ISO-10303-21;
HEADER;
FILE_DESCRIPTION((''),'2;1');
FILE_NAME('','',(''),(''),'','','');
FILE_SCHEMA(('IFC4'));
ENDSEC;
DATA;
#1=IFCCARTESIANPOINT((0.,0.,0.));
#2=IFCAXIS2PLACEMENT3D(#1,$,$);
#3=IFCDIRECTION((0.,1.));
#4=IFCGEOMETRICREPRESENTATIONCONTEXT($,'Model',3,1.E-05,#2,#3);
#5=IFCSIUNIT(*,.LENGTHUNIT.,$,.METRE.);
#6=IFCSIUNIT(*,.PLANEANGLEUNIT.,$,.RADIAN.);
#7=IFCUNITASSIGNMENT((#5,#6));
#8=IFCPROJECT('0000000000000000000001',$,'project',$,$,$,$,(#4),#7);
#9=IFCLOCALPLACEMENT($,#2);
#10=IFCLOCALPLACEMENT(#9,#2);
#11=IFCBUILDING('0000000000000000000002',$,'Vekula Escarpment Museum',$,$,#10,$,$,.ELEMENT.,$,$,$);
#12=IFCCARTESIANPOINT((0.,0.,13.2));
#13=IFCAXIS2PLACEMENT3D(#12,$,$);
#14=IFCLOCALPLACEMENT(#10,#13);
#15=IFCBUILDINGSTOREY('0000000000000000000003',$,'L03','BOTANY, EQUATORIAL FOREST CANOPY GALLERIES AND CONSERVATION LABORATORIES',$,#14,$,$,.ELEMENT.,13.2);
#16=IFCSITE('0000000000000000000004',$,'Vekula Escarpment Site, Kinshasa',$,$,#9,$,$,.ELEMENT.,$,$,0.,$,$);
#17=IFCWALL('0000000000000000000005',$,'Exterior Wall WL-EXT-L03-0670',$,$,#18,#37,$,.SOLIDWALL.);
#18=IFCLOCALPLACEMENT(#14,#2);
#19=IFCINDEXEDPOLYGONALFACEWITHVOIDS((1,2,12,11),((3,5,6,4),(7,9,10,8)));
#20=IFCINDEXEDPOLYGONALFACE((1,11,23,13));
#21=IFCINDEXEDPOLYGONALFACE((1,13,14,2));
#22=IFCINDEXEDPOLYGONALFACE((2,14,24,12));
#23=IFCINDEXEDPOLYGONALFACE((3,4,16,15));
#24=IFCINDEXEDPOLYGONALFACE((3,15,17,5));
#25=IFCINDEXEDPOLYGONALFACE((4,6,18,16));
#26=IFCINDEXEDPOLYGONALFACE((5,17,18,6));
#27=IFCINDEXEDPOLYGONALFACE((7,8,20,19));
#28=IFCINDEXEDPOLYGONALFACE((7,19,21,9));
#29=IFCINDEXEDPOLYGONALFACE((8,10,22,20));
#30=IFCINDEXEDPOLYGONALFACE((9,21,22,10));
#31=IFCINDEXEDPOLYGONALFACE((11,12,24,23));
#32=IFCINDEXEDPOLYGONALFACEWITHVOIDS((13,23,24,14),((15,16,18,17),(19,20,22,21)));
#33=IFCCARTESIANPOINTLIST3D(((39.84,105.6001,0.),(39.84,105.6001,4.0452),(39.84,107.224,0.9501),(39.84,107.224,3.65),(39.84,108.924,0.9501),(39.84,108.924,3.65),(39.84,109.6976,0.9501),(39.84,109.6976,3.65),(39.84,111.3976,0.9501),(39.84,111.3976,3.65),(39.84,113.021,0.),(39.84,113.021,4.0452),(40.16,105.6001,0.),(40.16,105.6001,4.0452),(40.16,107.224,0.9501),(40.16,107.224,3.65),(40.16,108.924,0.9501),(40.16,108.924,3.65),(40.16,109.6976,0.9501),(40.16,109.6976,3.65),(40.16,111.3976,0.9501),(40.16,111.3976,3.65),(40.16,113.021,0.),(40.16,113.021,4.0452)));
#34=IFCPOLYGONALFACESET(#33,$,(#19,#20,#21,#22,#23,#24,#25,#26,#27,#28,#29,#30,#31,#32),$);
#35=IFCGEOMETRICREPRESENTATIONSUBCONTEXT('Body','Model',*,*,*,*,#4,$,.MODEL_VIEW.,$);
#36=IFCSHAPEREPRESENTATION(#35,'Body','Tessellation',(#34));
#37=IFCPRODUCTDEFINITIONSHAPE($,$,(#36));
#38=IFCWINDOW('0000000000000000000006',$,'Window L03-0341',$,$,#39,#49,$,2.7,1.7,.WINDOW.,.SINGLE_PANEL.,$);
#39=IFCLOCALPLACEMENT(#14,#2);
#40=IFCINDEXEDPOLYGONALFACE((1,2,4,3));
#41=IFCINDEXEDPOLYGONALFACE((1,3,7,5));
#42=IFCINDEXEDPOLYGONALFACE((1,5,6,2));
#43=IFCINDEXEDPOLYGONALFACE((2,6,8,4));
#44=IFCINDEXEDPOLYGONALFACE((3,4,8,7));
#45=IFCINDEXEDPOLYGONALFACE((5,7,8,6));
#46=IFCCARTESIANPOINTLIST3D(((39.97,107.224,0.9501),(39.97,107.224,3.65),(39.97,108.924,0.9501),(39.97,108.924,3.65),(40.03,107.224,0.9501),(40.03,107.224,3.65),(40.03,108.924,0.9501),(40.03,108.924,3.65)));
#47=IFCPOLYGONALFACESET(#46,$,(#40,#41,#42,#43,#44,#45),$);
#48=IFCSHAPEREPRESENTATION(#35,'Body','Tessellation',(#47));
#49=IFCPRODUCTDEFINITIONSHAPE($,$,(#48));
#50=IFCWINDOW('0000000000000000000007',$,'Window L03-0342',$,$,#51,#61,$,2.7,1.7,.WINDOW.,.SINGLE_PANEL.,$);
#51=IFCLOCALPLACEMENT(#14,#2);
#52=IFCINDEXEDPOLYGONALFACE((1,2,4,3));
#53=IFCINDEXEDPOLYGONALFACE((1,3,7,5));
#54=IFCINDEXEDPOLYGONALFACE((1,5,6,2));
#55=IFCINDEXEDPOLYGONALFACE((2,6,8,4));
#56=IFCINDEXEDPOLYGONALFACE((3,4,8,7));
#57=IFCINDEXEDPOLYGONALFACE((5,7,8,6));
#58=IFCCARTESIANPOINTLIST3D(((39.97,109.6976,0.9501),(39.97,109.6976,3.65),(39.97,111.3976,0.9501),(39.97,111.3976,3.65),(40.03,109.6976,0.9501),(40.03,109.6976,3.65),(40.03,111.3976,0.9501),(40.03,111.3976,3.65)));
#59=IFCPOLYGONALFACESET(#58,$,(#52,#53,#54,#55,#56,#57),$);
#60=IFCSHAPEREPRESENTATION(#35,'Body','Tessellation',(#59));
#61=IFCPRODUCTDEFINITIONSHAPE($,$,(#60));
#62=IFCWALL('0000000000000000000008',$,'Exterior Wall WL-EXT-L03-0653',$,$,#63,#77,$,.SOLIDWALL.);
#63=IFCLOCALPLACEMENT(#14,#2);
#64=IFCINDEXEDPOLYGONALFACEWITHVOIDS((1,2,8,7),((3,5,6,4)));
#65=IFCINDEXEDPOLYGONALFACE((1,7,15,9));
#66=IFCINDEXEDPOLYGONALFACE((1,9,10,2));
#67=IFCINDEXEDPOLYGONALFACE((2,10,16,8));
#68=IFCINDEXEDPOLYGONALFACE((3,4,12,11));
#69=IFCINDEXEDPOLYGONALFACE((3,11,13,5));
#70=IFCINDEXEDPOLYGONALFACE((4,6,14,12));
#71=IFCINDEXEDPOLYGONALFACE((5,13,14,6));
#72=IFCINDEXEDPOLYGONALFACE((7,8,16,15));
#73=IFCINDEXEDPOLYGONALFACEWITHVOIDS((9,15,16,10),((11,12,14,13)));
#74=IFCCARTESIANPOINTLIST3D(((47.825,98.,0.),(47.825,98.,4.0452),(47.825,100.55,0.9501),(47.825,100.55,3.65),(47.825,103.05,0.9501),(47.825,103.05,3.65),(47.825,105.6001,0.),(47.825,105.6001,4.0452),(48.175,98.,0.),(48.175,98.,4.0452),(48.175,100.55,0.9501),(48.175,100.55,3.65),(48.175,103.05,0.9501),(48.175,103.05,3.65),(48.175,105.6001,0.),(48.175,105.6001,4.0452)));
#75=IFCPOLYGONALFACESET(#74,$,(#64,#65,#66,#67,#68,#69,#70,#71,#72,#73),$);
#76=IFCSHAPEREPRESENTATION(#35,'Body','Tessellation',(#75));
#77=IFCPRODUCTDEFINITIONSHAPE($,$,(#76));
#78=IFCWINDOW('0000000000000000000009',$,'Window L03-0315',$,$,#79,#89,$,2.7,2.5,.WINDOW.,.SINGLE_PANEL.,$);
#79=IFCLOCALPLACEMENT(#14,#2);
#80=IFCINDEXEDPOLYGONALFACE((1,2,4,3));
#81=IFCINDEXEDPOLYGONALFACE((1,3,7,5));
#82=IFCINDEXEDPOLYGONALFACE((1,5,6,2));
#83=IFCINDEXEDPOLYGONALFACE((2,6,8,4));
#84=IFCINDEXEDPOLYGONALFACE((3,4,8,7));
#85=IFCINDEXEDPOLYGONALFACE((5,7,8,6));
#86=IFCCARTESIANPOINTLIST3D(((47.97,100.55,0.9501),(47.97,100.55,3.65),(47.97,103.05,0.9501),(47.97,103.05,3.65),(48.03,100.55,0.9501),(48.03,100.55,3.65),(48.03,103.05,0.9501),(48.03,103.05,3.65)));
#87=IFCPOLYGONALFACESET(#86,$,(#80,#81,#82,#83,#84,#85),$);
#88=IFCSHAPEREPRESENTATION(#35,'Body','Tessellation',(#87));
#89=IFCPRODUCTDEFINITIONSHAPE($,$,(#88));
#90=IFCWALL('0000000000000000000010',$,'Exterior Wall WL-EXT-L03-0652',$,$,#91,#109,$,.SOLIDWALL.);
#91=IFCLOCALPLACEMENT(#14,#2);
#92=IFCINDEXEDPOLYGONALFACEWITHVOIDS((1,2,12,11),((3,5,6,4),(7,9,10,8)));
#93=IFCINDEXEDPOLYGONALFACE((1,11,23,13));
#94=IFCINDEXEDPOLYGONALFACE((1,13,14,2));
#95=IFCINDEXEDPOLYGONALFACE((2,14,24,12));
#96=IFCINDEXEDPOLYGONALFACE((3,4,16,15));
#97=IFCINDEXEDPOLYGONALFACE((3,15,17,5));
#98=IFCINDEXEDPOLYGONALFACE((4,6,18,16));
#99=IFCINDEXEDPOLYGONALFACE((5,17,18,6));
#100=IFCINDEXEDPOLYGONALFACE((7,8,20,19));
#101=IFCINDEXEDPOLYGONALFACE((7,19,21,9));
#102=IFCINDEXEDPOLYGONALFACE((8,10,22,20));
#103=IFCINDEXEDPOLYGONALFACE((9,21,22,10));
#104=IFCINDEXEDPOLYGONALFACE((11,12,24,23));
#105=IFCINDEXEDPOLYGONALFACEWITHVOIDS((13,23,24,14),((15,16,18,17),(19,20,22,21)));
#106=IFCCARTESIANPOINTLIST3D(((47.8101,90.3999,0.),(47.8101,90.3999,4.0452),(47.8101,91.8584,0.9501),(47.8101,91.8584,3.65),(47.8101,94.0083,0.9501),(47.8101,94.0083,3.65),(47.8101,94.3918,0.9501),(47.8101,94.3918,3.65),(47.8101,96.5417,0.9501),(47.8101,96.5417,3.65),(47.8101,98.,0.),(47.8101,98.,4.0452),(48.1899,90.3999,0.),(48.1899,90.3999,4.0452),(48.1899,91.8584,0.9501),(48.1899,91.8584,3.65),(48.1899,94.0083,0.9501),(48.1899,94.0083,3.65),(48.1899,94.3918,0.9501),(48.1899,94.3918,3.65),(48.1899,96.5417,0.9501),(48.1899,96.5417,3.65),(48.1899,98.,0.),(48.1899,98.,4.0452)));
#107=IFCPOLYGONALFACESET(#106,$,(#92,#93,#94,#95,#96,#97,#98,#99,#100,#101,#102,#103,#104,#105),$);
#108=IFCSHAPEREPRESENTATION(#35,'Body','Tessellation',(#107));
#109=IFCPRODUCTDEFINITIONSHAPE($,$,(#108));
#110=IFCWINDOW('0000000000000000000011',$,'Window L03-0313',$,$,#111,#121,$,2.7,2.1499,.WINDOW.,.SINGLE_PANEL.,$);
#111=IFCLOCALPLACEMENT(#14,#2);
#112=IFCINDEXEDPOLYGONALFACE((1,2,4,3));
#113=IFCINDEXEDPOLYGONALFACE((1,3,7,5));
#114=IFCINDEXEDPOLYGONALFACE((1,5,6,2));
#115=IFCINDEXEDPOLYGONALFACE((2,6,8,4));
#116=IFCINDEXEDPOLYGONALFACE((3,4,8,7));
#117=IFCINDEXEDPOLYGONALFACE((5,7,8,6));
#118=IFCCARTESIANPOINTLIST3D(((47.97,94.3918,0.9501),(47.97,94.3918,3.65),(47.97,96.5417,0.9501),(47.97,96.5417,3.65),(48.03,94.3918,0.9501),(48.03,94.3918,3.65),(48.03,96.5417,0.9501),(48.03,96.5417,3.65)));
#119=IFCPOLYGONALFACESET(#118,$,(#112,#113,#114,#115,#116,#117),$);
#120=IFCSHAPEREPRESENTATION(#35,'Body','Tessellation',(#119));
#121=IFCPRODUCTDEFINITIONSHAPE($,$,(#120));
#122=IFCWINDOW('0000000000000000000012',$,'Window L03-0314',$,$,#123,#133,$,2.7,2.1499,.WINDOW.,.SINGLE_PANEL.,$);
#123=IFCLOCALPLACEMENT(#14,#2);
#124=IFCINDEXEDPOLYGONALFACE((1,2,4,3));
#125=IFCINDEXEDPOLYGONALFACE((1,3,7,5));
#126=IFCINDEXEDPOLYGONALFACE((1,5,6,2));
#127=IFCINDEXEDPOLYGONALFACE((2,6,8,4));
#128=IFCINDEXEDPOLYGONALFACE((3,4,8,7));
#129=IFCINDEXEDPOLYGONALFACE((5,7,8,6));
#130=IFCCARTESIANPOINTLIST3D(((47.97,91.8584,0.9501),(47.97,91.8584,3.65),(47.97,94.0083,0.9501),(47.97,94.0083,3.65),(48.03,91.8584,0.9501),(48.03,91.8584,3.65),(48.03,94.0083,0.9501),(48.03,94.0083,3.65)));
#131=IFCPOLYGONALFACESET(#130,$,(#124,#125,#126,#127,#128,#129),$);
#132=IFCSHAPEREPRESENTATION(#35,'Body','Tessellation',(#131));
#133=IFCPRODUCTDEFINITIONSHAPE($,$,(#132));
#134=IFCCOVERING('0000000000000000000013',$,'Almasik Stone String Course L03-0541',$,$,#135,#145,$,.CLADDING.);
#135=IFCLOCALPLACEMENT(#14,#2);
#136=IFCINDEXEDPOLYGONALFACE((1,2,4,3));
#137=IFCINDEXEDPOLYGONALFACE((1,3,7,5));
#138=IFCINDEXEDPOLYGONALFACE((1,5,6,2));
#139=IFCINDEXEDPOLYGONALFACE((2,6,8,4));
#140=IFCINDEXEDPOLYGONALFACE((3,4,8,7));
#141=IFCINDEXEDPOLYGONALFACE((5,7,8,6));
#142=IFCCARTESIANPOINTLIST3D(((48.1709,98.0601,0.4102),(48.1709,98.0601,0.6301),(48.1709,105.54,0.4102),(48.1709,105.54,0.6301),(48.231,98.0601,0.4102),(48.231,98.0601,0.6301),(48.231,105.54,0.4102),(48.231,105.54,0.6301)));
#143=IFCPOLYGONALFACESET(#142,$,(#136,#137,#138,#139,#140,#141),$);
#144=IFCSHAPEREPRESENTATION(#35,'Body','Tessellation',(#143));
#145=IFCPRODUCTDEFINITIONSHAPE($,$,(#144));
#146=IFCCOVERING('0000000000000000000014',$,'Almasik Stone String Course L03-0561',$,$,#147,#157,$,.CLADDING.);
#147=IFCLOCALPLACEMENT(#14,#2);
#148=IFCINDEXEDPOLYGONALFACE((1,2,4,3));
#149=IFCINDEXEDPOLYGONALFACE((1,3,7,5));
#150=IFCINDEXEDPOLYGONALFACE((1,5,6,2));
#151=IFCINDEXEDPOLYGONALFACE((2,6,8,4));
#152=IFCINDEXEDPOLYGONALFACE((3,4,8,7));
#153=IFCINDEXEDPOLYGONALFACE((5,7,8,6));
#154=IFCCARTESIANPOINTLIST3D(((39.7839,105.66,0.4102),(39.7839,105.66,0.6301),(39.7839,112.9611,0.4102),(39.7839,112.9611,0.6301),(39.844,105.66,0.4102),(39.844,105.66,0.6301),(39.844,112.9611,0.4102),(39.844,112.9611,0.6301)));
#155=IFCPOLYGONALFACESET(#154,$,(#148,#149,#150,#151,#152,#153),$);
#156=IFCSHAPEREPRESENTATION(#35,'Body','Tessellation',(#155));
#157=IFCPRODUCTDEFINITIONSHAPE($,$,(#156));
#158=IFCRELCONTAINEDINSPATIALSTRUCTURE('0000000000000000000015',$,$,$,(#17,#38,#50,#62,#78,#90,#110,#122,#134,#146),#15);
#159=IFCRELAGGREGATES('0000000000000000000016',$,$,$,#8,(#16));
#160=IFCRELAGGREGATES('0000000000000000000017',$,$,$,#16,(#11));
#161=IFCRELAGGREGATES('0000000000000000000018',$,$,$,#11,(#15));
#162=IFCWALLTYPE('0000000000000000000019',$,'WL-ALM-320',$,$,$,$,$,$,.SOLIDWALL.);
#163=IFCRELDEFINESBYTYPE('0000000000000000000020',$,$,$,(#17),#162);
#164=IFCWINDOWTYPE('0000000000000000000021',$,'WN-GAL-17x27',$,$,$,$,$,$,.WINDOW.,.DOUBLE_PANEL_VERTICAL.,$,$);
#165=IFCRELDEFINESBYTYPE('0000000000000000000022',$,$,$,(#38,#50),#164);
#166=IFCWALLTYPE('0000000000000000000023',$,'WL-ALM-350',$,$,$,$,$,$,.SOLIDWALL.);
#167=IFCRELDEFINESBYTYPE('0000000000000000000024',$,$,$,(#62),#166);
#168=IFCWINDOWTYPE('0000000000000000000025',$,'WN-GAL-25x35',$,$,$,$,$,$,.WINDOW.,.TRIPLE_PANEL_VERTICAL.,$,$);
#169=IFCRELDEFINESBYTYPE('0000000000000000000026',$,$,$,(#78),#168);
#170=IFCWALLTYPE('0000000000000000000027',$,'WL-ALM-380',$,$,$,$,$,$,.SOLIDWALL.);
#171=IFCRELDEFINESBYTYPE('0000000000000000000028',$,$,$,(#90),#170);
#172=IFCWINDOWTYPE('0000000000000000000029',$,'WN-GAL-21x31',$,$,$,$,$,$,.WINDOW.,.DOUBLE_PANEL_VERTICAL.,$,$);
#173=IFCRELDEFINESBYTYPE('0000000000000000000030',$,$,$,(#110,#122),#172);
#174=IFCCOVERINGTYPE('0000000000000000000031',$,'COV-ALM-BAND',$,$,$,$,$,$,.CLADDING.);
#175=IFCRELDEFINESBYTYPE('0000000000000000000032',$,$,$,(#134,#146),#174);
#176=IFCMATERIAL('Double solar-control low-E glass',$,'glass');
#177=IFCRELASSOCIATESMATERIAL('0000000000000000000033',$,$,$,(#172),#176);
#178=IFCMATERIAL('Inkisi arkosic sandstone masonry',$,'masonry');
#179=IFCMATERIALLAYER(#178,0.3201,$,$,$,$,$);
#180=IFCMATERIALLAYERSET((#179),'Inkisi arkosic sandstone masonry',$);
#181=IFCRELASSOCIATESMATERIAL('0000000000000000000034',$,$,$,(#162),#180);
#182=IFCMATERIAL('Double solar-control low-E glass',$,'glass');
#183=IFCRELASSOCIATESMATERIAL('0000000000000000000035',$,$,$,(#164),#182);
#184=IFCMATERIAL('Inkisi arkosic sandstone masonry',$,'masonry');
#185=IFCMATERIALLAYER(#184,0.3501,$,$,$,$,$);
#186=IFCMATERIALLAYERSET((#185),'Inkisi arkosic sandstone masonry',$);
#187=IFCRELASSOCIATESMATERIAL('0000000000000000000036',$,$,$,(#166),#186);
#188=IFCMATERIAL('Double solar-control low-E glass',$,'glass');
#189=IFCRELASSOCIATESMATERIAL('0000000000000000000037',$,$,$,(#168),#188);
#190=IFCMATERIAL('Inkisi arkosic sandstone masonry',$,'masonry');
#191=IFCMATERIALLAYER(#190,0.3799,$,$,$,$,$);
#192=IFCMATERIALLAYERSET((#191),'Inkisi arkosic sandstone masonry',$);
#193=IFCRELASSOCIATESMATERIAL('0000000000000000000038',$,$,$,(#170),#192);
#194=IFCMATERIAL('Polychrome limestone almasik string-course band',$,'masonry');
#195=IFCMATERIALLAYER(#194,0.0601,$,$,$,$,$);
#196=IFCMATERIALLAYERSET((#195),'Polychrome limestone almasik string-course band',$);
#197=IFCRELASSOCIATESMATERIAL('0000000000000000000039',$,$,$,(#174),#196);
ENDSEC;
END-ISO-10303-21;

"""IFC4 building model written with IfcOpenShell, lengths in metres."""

from ifc_helpers import new_model, si_unit, direction, frame, frame_2d, origin, origin_2d, place, context, subcontext, project, spatial, rectangle, extrude, material, layer, layer_set, type_object, element, fill, save


model = new_model("IFC4")

# Units and contexts
model_context = context("Model", 3, precision=1e-05, world=origin(), true_north=direction((0.0, 1.0)))
body_context = subcontext(model_context, "Body", "Model", "MODEL_VIEW")
ifc_project = project(units=[si_unit("LENGTHUNIT", "METRE"), si_unit("PLANEANGLEUNIT", "RADIAN")], contexts=[model_context])

# Site, building, storey
site_placement = place(None, origin())
site = spatial("IfcSite", under=ifc_project, at=site_placement, Name="Vekula Escarpment Site, Kinshasa", CompositionType="ELEMENT", RefElevation=0.0)
building_placement = place(site_placement, origin())
building = spatial("IfcBuilding", under=site, at=building_placement, Name="Vekula Escarpment Museum", CompositionType="ELEMENT")
storey_placement = place(building_placement, frame((0.0, 0.0, 13.2)))
storey = spatial("IfcBuildingStorey", under=building, at=storey_placement, Name="L03", Description="BOTANY, EQUATORIAL FOREST CANOPY GALLERIES AND CONSERVATION LABORATORIES", CompositionType="ELEMENT", Elevation=13.2)

# Wall, openings, windows
ifc_material_1 = material(Name="Double solar-control low-E glass", Category="glass")
window_type_1 = type_object("IfcWindowType", Name="WN-GAL-21x31", PartitioningType="DOUBLE_PANEL_VERTICAL", PredefinedType="WINDOW", material=ifc_material_1)
ifc_material_2 = material(Name="Inkisi arkosic sandstone masonry", Category="masonry")
ifc_layer_1 = layer(ifc_material_2, 0.3201)
ifc_layer_set_1 = layer_set([ifc_layer_1], Name="Inkisi arkosic sandstone masonry")
wall_type_1 = type_object("IfcWallType", Name="WL-ALM-320", PredefinedType="SOLIDWALL", material=ifc_layer_set_1)
wall_1_placement = place(storey_placement, frame((40.0, 105.6001, 0.0), z_axis=(0.0, 0.0, 1.0), x_axis=(0.0, 1.0, 0.0)))
wall_1 = element("IfcWall", 1, at=wall_1_placement, inside=storey, type_object=wall_type_1, Name="Exterior Wall WL-EXT-L03-0670", PredefinedType="SOLIDWALL", context=body_context, shape_type="SweptSolid", body=[
    extrude(rectangle(XDim=7.4209, YDim=0.3201, at=frame_2d((3.7104, 0.0))), origin(), (0.0, 0.0, 1.0), 4.0452),
])
opening_1_placement = place(wall_1_placement, frame((1.6238, 0.0, 0.95)))
opening_1 = element("IfcOpeningElement", 2, at=opening_1_placement, cuts=wall_1, PredefinedType="OPENING", context=body_context, shape_type="SweptSolid", body=[
    extrude(rectangle(XDim=1.7, YDim=2.7, at=frame_2d((0.8501, 1.3501))), frame((0.0, 0.1699, 0.0), z_axis=(0.0, -1.0, 0.0), x_axis=(1.0, 0.0, 0.0)), (0.0, 0.0, 1.0), 0.3401),
])
opening_2_placement = place(wall_1_placement, frame((4.0974, 0.0, 0.95)))
opening_2 = element("IfcOpeningElement", 3, at=opening_2_placement, cuts=wall_1, PredefinedType="OPENING", context=body_context, shape_type="SweptSolid", body=[
    extrude(rectangle(XDim=1.7, YDim=2.7, at=frame_2d((0.8501, 1.3501))), frame((0.0, 0.1699, 0.0), z_axis=(0.0, -1.0, 0.0), x_axis=(1.0, 0.0, 0.0)), (0.0, 0.0, 1.0), 0.3401),
])
ifc_material_3 = material(Name="Double solar-control low-E glass", Category="glass")
window_type_2 = type_object("IfcWindowType", Name="WN-GAL-17x27", PartitioningType="DOUBLE_PANEL_VERTICAL", PredefinedType="WINDOW", material=ifc_material_3)
window_1_placement = place(opening_1_placement, origin())
window_1 = element("IfcWindow", 4, at=window_1_placement, inside=storey, type_object=window_type_2, Name="Window L03-0341", OverallHeight=2.7, OverallWidth=1.7, PartitioningType="SINGLE_PANEL", PredefinedType="WINDOW", context=body_context, shape_type="SweptSolid", body=[
    extrude(rectangle(XDim=1.7, YDim=2.7, at=frame_2d((0.8501, 1.3501))), frame((0.0, 0.03, 0.0), z_axis=(0.0, -1.0, 0.0), x_axis=(1.0, 0.0, 0.0)), (0.0, 0.0, 1.0), 0.0601),
])
fill(opening_1, window_1)
window_2_placement = place(opening_2_placement, origin())
window_2 = element("IfcWindow", 5, at=window_2_placement, inside=storey, type_object=window_type_2, Name="Window L03-0342", OverallHeight=2.7, OverallWidth=1.7, PartitioningType="SINGLE_PANEL", PredefinedType="WINDOW", context=body_context, shape_type="SweptSolid", body=[
    extrude(rectangle(XDim=1.7, YDim=2.7, at=frame_2d((0.8501, 1.3501))), frame((0.0, 0.03, 0.0), z_axis=(0.0, -1.0, 0.0), x_axis=(1.0, 0.0, 0.0)), (0.0, 0.0, 1.0), 0.0601),
])
fill(opening_2, window_2)

# Wall, opening, window
ifc_material_4 = material(Name="Inkisi arkosic sandstone masonry", Category="masonry")
ifc_layer_2 = layer(ifc_material_4, 0.3501)
ifc_layer_set_2 = layer_set([ifc_layer_2], Name="Inkisi arkosic sandstone masonry")
wall_type_2 = type_object("IfcWallType", Name="WL-ALM-350", PredefinedType="SOLIDWALL", material=ifc_layer_set_2)
wall_2_placement = place(storey_placement, frame((48.0, 105.6001, 0.0), z_axis=(0.0, 0.0, 1.0), x_axis=(0.0, -1.0, 0.0)))
wall_2 = element("IfcWall", 6, at=wall_2_placement, inside=storey, type_object=wall_type_2, Name="Exterior Wall WL-EXT-L03-0653", PredefinedType="SOLIDWALL", context=body_context, shape_type="SweptSolid", body=[
    extrude(rectangle(XDim=7.6001, YDim=0.3501, at=frame_2d((3.8, 0.0))), origin(), (0.0, 0.0, 1.0), 4.0452),
])
opening_3_placement = place(wall_2_placement, frame((2.55, 0.0, 0.95)))
opening_3 = element("IfcOpeningElement", 7, at=opening_3_placement, cuts=wall_2, PredefinedType="OPENING", context=body_context, shape_type="SweptSolid", body=[
    extrude(rectangle(XDim=2.5, YDim=2.7, at=frame_2d((1.25, 1.3501))), frame((0.0, 0.1851, 0.0), z_axis=(0.0, -1.0, 0.0), x_axis=(1.0, 0.0, 0.0)), (0.0, 0.0, 1.0), 0.3701),
])
ifc_material_5 = material(Name="Double solar-control low-E glass", Category="glass")
window_type_3 = type_object("IfcWindowType", Name="WN-GAL-25x35", PartitioningType="TRIPLE_PANEL_VERTICAL", PredefinedType="WINDOW", material=ifc_material_5)
window_3_placement = place(opening_3_placement, origin())
window_3 = element("IfcWindow", 8, at=window_3_placement, inside=storey, type_object=window_type_3, Name="Window L03-0315", OverallHeight=2.7, OverallWidth=2.5, PartitioningType="SINGLE_PANEL", PredefinedType="WINDOW", context=body_context, shape_type="SweptSolid", body=[
    extrude(rectangle(XDim=2.5, YDim=2.7, at=frame_2d((1.25, 1.3501))), frame((0.0, 0.03, 0.0), z_axis=(0.0, -1.0, 0.0), x_axis=(1.0, 0.0, 0.0)), (0.0, 0.0, 1.0), 0.0601),
])
fill(opening_3, window_3)

# Wall, openings, windows
ifc_material_6 = material(Name="Inkisi arkosic sandstone masonry", Category="masonry")
ifc_layer_3 = layer(ifc_material_6, 0.3799)
ifc_layer_set_3 = layer_set([ifc_layer_3], Name="Inkisi arkosic sandstone masonry")
wall_type_3 = type_object("IfcWallType", Name="WL-ALM-380", PredefinedType="SOLIDWALL", material=ifc_layer_set_3)
wall_3_placement = place(storey_placement, frame((48.0, 98.0, 0.0), z_axis=(0.0, 0.0, 1.0), x_axis=(0.0, -1.0, 0.0)))
wall_3 = element("IfcWall", 9, at=wall_3_placement, inside=storey, type_object=wall_type_3, Name="Exterior Wall WL-EXT-L03-0652", PredefinedType="SOLIDWALL", context=body_context, shape_type="SweptSolid", body=[
    extrude(rectangle(XDim=7.6001, YDim=0.3799, at=frame_2d((3.8, 0.0))), origin(), (0.0, 0.0, 1.0), 4.0452),
])
opening_4_placement = place(wall_3_placement, frame((1.4583, 0.0, 0.95)))
opening_4 = element("IfcOpeningElement", 10, at=opening_4_placement, cuts=wall_3, PredefinedType="OPENING", context=body_context, shape_type="SweptSolid", body=[
    extrude(rectangle(XDim=2.1499, YDim=2.7, at=frame_2d((1.075, 1.3501))), frame((0.0, 0.2, 0.0), z_axis=(0.0, -1.0, 0.0), x_axis=(1.0, 0.0, 0.0)), (0.0, 0.0, 1.0), 0.3999),
])
opening_5_placement = place(wall_3_placement, frame((3.9917, 0.0, 0.95)))
opening_5 = element("IfcOpeningElement", 11, at=opening_5_placement, cuts=wall_3, PredefinedType="OPENING", context=body_context, shape_type="SweptSolid", body=[
    extrude(rectangle(XDim=2.1499, YDim=2.7, at=frame_2d((1.075, 1.3501))), frame((0.0, 0.2, 0.0), z_axis=(0.0, -1.0, 0.0), x_axis=(1.0, 0.0, 0.0)), (0.0, 0.0, 1.0), 0.3999),
])
window_4_placement = place(opening_4_placement, origin())
window_4 = element("IfcWindow", 12, at=window_4_placement, inside=storey, type_object=window_type_1, Name="Window L03-0313", OverallHeight=2.7, OverallWidth=2.1499, PartitioningType="SINGLE_PANEL", PredefinedType="WINDOW", context=body_context, shape_type="SweptSolid", body=[
    extrude(rectangle(XDim=2.1499, YDim=2.7, at=frame_2d((1.075, 1.3501))), frame((0.0, 0.03, 0.0), z_axis=(0.0, -1.0, 0.0), x_axis=(1.0, 0.0, 0.0)), (0.0, 0.0, 1.0), 0.0601),
])
fill(opening_4, window_4)
window_5_placement = place(opening_5_placement, origin())
window_5 = element("IfcWindow", 13, at=window_5_placement, inside=storey, type_object=window_type_1, Name="Window L03-0314", OverallHeight=2.7, OverallWidth=2.1499, PartitioningType="SINGLE_PANEL", PredefinedType="WINDOW", context=body_context, shape_type="SweptSolid", body=[
    extrude(rectangle(XDim=2.1499, YDim=2.7, at=frame_2d((1.075, 1.3501))), frame((0.0, 0.03, 0.0), z_axis=(0.0, -1.0, 0.0), x_axis=(1.0, 0.0, 0.0)), (0.0, 0.0, 1.0), 0.0601),
])
fill(opening_5, window_5)

# Coverings
ifc_material_7 = material(Name="Polychrome limestone almasik string-course band", Category="masonry")
ifc_layer_4 = layer(ifc_material_7, 0.0601)
ifc_layer_set_4 = layer_set([ifc_layer_4], Name="Polychrome limestone almasik string-course band")
covering_type = type_object("IfcCoveringType", Name="COV-ALM-BAND", PredefinedType="CLADDING", material=ifc_layer_set_4)
covering_1_placement = place(storey_placement, frame((48.2009, 101.8, 0.4102), z_axis=(0.0, 0.0, 1.0), x_axis=(0.0, 1.0, 0.0)))
element("IfcCovering", 14, at=covering_1_placement, inside=storey, type_object=covering_type, Name="Almasik Stone String Course L03-0541", PredefinedType="CLADDING", context=body_context, shape_type="SweptSolid", body=[
    extrude(rectangle(XDim=7.48, YDim=0.0601, at=origin_2d()), origin(), (0.0, 0.0, 1.0), 0.22),
])
covering_2_placement = place(storey_placement, frame((39.814, 109.3105, 0.4102), z_axis=(0.0, 0.0, 1.0), x_axis=(0.0, 1.0, 0.0)))
element("IfcCovering", 15, at=covering_2_placement, inside=storey, type_object=covering_type, Name="Almasik Stone String Course L03-0561", PredefinedType="CLADDING", context=body_context, shape_type="SweptSolid", body=[
    extrude(rectangle(XDim=7.301, YDim=0.0601, at=origin_2d()), origin(), (0.0, 0.0, 1.0), 0.22),
])

save(model, "model.ifc")
